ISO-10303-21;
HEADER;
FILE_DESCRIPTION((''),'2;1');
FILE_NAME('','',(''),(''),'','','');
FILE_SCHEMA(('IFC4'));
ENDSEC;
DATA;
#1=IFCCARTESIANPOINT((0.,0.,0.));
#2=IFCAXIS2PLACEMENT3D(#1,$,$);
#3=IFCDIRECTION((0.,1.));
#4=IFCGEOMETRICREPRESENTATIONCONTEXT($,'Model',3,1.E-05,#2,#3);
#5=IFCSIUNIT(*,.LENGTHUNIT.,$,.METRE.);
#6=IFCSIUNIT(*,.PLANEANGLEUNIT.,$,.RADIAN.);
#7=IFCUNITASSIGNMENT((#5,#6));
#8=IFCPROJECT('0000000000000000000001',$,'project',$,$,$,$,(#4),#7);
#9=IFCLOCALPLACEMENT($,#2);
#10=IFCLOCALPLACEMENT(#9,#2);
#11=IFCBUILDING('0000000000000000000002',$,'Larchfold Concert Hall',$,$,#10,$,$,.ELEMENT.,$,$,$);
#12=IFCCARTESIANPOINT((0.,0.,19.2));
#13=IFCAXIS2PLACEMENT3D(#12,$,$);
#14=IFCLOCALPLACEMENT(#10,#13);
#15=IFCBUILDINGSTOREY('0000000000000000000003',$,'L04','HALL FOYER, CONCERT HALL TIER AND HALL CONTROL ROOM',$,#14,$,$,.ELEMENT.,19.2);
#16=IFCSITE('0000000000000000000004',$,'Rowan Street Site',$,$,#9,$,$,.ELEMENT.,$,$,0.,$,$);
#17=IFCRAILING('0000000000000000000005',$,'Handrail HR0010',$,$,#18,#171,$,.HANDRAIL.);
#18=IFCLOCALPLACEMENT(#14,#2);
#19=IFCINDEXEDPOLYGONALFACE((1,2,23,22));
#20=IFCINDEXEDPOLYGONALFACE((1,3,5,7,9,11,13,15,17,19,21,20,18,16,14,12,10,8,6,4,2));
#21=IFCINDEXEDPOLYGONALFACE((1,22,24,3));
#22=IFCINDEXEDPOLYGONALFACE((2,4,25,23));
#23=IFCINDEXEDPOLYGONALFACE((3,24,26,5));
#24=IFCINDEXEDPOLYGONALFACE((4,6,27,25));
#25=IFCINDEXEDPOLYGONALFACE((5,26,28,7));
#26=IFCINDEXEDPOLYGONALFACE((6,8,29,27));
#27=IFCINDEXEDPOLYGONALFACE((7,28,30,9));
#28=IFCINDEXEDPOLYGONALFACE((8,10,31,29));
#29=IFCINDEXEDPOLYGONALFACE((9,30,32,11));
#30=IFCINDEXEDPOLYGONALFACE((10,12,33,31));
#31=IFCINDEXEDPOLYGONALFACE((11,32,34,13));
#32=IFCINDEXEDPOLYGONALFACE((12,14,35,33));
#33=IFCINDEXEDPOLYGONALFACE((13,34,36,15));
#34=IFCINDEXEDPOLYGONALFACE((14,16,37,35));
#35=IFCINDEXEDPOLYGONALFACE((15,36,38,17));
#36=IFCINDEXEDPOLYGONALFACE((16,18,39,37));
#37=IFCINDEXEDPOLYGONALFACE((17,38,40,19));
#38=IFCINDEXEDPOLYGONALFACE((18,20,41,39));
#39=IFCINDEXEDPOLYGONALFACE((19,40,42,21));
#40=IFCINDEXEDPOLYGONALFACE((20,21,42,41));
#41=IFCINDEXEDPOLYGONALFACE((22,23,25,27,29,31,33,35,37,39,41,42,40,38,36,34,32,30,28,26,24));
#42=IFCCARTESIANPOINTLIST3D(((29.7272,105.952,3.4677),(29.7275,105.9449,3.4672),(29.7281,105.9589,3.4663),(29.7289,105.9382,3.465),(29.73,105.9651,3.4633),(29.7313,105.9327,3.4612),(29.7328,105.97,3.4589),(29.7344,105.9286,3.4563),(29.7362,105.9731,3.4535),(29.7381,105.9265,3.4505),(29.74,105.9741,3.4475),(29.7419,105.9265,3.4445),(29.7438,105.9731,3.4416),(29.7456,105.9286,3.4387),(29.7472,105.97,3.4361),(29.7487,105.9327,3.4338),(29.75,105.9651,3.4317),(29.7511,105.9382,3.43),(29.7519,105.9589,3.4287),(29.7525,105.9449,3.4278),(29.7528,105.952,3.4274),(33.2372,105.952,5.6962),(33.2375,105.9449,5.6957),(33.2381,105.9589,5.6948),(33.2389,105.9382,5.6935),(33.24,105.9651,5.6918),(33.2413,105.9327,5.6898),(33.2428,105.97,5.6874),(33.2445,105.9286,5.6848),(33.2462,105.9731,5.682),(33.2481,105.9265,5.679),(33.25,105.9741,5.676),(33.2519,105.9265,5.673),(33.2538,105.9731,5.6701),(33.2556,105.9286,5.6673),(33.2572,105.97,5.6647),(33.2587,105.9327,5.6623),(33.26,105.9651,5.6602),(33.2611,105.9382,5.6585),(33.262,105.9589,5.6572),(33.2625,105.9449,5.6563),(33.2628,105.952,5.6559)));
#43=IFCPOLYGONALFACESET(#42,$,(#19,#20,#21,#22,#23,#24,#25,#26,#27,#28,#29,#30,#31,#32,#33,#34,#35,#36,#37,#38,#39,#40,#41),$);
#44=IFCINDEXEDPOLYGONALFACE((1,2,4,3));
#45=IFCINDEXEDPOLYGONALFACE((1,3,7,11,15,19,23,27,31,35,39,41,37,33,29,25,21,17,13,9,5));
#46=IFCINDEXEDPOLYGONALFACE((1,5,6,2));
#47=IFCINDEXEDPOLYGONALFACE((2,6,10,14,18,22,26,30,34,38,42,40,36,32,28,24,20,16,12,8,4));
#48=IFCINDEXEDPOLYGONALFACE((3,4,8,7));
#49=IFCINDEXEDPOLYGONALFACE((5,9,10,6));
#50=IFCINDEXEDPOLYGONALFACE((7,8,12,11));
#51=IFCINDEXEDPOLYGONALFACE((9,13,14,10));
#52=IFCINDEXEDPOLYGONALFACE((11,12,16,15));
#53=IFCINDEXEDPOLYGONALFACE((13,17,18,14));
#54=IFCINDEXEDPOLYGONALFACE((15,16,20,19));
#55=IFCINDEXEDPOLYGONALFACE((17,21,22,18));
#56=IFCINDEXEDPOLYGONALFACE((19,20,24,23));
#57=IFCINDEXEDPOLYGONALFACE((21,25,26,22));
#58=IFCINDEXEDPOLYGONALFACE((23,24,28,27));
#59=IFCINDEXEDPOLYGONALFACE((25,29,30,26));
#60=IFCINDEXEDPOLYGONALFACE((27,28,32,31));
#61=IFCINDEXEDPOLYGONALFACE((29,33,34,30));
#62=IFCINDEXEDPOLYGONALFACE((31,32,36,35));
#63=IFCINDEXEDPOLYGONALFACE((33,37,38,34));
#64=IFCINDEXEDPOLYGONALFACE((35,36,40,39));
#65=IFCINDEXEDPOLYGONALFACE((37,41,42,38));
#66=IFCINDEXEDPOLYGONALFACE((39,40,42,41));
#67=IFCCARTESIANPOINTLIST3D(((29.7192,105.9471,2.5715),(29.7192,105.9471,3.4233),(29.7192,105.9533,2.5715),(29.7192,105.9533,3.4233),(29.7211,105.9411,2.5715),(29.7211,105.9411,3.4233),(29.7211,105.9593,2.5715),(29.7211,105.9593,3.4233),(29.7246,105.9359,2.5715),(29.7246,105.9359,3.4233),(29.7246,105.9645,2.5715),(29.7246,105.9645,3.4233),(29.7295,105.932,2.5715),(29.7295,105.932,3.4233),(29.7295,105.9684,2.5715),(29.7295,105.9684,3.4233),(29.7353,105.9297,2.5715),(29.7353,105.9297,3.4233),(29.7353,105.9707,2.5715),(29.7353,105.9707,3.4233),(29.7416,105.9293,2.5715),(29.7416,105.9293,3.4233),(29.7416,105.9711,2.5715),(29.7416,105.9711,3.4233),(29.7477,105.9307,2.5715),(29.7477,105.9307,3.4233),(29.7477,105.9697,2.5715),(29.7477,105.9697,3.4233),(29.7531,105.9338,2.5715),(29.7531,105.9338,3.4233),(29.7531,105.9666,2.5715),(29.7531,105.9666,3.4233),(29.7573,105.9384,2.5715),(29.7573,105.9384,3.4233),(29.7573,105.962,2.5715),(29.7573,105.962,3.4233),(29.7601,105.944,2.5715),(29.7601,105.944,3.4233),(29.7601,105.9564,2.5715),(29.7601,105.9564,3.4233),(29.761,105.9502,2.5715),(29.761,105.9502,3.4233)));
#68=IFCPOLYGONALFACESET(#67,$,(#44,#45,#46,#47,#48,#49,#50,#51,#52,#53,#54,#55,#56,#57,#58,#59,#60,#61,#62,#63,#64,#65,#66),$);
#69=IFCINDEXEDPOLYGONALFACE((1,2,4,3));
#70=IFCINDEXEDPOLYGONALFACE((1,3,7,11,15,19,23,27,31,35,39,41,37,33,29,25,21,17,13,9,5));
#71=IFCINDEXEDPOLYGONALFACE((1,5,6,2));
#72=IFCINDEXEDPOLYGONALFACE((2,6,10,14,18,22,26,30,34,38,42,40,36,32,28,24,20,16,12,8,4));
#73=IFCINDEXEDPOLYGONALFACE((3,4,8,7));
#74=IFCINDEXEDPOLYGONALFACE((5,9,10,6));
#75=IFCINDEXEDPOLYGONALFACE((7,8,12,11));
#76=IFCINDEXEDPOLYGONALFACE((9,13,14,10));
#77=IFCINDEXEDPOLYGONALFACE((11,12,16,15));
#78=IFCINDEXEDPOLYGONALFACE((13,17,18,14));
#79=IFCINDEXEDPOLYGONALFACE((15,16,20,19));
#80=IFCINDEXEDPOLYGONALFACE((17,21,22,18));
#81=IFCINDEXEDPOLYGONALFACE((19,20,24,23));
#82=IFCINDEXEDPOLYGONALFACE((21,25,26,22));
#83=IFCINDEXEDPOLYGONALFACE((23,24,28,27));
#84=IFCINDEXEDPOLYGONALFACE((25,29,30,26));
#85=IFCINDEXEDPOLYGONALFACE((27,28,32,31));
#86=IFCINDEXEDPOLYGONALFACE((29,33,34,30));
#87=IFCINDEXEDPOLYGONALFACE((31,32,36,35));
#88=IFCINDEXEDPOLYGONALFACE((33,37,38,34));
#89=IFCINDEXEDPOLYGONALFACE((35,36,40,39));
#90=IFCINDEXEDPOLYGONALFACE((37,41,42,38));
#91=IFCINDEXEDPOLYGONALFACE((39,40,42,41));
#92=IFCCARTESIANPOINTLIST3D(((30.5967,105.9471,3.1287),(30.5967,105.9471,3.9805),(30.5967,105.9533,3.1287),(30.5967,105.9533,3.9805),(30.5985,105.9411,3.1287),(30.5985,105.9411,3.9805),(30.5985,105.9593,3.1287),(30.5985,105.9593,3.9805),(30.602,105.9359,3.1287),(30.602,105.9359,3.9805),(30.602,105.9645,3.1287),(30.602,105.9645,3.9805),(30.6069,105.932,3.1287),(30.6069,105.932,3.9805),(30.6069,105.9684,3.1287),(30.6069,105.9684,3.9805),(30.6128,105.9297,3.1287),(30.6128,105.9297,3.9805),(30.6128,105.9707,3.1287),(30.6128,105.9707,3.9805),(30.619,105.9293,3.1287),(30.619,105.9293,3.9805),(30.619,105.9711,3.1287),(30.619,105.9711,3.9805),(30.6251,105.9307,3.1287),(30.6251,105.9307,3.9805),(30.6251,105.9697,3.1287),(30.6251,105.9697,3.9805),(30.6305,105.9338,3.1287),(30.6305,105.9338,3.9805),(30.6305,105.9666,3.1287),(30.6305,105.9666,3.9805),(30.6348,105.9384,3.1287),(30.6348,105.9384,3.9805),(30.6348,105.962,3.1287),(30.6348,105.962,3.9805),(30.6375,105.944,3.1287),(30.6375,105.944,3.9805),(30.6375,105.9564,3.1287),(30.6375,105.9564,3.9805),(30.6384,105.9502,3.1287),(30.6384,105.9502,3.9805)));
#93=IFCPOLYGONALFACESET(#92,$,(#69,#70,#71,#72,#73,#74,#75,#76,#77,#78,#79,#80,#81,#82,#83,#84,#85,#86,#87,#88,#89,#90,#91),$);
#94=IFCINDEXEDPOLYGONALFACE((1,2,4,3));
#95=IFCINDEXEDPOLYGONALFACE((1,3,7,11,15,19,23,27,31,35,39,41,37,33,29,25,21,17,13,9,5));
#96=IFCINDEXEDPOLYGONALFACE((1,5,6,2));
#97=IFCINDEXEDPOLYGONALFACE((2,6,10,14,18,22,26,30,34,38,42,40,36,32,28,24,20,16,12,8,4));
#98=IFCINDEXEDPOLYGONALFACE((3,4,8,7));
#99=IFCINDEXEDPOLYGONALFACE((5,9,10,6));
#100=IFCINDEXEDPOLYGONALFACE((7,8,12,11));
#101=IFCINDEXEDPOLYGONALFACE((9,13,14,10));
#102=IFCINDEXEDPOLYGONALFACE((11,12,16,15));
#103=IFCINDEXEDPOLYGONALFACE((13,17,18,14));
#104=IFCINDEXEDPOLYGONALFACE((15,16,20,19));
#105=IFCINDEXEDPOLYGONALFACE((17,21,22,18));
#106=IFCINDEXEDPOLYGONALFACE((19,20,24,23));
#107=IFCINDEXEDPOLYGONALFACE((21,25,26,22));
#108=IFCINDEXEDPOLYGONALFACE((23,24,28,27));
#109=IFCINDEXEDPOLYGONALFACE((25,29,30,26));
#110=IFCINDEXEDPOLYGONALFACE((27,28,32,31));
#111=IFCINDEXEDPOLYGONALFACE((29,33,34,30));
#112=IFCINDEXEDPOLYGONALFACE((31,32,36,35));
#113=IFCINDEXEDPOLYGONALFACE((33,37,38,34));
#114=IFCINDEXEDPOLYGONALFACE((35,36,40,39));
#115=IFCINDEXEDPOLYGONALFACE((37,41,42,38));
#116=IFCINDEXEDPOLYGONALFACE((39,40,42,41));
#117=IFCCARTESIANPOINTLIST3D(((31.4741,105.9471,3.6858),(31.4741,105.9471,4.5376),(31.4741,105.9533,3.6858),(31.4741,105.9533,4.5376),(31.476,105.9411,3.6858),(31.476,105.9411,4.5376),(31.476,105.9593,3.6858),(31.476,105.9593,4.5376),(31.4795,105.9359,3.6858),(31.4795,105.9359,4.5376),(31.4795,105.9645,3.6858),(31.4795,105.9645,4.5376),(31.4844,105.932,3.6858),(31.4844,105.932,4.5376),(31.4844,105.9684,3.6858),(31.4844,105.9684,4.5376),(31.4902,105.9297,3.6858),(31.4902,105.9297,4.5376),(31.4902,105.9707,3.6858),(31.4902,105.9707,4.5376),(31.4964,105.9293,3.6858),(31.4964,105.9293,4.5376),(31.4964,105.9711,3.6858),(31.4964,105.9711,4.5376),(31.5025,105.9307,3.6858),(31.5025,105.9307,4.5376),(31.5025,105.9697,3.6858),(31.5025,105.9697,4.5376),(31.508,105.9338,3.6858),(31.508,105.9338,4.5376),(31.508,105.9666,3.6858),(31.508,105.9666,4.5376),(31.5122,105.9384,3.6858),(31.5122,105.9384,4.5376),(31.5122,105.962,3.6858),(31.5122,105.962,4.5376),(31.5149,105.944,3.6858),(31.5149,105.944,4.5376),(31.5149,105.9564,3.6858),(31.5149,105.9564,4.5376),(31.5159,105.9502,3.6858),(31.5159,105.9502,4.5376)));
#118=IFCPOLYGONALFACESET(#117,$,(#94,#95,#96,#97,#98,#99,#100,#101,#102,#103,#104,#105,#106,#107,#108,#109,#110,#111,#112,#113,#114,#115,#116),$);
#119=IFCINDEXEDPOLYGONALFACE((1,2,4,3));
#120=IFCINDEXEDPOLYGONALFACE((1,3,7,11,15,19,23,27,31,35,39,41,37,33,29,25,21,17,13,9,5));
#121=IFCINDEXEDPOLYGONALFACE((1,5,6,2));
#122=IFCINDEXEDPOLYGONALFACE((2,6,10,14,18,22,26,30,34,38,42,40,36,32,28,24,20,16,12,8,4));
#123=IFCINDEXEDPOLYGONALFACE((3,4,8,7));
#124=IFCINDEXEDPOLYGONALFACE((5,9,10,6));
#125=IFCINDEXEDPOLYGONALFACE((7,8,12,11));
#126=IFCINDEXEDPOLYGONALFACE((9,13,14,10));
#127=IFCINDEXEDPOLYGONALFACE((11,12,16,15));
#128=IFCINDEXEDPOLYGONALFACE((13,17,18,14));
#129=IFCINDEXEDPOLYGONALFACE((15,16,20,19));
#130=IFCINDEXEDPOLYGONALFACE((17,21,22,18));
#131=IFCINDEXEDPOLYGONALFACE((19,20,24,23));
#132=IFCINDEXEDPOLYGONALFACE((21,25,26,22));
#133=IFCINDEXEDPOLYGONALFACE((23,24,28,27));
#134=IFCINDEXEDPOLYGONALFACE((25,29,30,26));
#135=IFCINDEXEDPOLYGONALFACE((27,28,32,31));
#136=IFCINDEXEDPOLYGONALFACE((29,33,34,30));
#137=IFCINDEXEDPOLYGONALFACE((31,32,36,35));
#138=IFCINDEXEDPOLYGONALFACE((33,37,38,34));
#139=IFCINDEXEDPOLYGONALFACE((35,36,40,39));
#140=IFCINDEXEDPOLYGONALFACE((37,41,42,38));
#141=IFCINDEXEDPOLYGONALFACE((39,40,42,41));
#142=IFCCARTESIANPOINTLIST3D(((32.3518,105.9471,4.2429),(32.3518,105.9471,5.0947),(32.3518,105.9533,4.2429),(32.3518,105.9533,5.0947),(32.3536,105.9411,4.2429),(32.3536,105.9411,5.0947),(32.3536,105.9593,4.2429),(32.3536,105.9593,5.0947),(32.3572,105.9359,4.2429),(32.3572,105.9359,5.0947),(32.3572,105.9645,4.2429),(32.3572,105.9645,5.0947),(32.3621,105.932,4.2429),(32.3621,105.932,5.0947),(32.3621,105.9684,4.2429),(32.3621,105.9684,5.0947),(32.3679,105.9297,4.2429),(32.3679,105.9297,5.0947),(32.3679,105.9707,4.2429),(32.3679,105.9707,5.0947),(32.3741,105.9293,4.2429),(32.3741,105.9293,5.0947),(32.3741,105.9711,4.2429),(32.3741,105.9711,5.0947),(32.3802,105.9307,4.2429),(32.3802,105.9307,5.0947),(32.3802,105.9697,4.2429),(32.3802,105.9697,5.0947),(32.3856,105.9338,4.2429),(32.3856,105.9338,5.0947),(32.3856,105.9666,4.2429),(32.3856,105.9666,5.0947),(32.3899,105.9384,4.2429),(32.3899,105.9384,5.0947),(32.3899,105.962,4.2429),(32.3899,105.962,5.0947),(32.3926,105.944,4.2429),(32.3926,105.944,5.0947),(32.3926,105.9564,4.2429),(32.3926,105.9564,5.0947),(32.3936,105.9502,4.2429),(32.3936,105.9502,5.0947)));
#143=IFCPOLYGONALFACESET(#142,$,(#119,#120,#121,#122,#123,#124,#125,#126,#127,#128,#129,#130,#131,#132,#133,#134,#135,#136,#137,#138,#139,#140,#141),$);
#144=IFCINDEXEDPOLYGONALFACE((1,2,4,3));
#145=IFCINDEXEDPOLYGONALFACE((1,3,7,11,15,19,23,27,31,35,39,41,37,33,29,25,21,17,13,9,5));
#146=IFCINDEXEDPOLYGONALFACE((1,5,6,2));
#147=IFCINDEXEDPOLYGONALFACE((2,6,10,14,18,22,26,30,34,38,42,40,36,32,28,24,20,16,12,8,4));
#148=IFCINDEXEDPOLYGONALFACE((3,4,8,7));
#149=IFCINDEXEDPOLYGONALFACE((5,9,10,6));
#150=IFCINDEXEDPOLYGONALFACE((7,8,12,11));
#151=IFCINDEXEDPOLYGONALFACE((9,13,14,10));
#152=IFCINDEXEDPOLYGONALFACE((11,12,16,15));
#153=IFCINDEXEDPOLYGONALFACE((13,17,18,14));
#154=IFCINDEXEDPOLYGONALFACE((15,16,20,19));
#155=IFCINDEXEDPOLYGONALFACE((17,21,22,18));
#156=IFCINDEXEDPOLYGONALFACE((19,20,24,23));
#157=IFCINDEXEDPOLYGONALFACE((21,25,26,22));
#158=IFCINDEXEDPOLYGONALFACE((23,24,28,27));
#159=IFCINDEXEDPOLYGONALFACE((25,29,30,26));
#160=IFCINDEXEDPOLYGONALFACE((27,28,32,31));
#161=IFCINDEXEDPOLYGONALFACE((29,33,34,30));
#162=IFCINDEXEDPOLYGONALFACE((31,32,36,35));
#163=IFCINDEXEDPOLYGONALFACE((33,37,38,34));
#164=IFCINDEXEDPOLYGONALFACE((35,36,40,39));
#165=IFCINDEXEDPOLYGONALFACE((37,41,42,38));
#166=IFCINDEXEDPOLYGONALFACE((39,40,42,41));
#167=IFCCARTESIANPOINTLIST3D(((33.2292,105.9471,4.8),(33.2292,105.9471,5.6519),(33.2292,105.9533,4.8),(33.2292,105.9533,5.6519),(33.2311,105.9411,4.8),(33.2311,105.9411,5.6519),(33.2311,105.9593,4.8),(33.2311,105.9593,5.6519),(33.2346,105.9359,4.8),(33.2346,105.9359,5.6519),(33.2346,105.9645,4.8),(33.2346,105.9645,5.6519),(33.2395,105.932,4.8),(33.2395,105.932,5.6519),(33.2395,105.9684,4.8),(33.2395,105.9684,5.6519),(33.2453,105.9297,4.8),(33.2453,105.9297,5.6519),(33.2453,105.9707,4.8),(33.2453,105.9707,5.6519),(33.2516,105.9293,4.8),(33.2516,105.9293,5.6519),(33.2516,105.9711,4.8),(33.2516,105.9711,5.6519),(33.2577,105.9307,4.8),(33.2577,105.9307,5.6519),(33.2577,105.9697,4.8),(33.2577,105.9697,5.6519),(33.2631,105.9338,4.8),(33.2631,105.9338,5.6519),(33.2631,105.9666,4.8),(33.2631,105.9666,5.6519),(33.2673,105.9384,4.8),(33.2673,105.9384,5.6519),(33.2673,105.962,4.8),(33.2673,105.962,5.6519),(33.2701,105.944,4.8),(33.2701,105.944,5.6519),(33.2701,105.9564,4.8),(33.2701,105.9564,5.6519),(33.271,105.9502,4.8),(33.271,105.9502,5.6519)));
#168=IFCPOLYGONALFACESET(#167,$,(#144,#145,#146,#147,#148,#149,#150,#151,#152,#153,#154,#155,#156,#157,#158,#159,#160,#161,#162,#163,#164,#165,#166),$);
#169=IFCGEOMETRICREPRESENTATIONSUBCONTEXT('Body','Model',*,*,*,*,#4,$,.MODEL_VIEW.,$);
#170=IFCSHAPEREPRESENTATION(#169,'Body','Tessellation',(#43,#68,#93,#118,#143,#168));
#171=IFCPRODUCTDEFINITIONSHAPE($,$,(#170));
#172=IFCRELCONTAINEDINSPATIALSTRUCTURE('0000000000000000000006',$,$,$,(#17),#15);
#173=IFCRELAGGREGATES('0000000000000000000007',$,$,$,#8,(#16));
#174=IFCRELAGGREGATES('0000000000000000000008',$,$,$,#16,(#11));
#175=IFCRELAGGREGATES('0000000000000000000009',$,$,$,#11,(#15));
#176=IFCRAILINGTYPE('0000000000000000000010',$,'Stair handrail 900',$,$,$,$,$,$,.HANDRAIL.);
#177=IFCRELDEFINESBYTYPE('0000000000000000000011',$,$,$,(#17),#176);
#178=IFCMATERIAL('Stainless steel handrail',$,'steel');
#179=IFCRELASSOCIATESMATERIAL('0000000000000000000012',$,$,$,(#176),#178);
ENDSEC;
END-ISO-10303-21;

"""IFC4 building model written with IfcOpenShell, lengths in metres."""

from ifc_helpers import new_model, si_unit, direction, frame, origin, origin_2d, place, context, subcontext, project, spatial, circle, extrude, material, type_object, element, save


model = new_model("IFC4")

# Units and contexts
model_context = context("Model", 3, precision=1e-05, world=origin(), true_north=direction((0.0, 1.0)))
body_context = subcontext(model_context, "Body", "Model", "MODEL_VIEW")
ifc_project = project(units=[si_unit("LENGTHUNIT", "METRE"), si_unit("PLANEANGLEUNIT", "RADIAN")], contexts=[model_context])

# Site, building, storey
site_placement = place(None, origin())
site = spatial("IfcSite", under=ifc_project, at=site_placement, Name="Rowan Street Site", CompositionType="ELEMENT", RefElevation=0.0)
building_placement = place(site_placement, origin())
building = spatial("IfcBuilding", under=site, at=building_placement, Name="Larchfold Concert Hall", CompositionType="ELEMENT")
storey_placement = place(building_placement, frame((0.0, 0.0, 19.2)))
storey = spatial("IfcBuildingStorey", under=building, at=storey_placement, Name="L04", Description="HALL FOYER, CONCERT HALL TIER AND HALL CONTROL ROOM", CompositionType="ELEMENT", Elevation=19.2)

# Railing
ifc_material_1 = material(Name="Stainless steel handrail", Category="steel")
railing_type_1 = type_object("IfcRailingType", Name="Stair handrail 900", PredefinedType="HANDRAIL", material=ifc_material_1)
for number, where, name in (
    (1, (29.74, 105.9502, 2.5715), "Handrail HR0010"),
):
    element("IfcRailing", number, at=place(storey_placement, frame(where)), inside=storey, type_object=railing_type_1, Name=name, PredefinedType="HANDRAIL", context=body_context, shape_type="SweptSolid", body=[
        extrude(circle(Radius=0.0239, at=origin_2d()), frame((0.0, 0.0, 0.876), z_axis=(0.84422, 0.0, 0.535998), x_axis=(0.0, 1.0, 0.0)), (0.0, 0.0, 1.0), 4.1577),
        extrude(circle(Radius=0.021, at=origin_2d()), origin(), (0.0, 0.0, 1.0), 0.8518),
        extrude(circle(Radius=0.021, at=origin_2d()), frame((0.8774, 0.0, 0.5571)), (0.0, 0.0, 1.0), 0.8518),
        extrude(circle(Radius=0.021, at=origin_2d()), frame((1.7549, 0.0, 1.1143)), (0.0, 0.0, 1.0), 0.8518),
        extrude(circle(Radius=0.021, at=origin_2d()), frame((2.6326, 0.0, 1.6714)), (0.0, 0.0, 1.0), 0.8518),
        extrude(circle(Radius=0.021, at=origin_2d()), frame((3.51, 0.0, 2.2285)), (0.0, 0.0, 1.0), 0.8518),
    ])

save(model, "model.ifc")
